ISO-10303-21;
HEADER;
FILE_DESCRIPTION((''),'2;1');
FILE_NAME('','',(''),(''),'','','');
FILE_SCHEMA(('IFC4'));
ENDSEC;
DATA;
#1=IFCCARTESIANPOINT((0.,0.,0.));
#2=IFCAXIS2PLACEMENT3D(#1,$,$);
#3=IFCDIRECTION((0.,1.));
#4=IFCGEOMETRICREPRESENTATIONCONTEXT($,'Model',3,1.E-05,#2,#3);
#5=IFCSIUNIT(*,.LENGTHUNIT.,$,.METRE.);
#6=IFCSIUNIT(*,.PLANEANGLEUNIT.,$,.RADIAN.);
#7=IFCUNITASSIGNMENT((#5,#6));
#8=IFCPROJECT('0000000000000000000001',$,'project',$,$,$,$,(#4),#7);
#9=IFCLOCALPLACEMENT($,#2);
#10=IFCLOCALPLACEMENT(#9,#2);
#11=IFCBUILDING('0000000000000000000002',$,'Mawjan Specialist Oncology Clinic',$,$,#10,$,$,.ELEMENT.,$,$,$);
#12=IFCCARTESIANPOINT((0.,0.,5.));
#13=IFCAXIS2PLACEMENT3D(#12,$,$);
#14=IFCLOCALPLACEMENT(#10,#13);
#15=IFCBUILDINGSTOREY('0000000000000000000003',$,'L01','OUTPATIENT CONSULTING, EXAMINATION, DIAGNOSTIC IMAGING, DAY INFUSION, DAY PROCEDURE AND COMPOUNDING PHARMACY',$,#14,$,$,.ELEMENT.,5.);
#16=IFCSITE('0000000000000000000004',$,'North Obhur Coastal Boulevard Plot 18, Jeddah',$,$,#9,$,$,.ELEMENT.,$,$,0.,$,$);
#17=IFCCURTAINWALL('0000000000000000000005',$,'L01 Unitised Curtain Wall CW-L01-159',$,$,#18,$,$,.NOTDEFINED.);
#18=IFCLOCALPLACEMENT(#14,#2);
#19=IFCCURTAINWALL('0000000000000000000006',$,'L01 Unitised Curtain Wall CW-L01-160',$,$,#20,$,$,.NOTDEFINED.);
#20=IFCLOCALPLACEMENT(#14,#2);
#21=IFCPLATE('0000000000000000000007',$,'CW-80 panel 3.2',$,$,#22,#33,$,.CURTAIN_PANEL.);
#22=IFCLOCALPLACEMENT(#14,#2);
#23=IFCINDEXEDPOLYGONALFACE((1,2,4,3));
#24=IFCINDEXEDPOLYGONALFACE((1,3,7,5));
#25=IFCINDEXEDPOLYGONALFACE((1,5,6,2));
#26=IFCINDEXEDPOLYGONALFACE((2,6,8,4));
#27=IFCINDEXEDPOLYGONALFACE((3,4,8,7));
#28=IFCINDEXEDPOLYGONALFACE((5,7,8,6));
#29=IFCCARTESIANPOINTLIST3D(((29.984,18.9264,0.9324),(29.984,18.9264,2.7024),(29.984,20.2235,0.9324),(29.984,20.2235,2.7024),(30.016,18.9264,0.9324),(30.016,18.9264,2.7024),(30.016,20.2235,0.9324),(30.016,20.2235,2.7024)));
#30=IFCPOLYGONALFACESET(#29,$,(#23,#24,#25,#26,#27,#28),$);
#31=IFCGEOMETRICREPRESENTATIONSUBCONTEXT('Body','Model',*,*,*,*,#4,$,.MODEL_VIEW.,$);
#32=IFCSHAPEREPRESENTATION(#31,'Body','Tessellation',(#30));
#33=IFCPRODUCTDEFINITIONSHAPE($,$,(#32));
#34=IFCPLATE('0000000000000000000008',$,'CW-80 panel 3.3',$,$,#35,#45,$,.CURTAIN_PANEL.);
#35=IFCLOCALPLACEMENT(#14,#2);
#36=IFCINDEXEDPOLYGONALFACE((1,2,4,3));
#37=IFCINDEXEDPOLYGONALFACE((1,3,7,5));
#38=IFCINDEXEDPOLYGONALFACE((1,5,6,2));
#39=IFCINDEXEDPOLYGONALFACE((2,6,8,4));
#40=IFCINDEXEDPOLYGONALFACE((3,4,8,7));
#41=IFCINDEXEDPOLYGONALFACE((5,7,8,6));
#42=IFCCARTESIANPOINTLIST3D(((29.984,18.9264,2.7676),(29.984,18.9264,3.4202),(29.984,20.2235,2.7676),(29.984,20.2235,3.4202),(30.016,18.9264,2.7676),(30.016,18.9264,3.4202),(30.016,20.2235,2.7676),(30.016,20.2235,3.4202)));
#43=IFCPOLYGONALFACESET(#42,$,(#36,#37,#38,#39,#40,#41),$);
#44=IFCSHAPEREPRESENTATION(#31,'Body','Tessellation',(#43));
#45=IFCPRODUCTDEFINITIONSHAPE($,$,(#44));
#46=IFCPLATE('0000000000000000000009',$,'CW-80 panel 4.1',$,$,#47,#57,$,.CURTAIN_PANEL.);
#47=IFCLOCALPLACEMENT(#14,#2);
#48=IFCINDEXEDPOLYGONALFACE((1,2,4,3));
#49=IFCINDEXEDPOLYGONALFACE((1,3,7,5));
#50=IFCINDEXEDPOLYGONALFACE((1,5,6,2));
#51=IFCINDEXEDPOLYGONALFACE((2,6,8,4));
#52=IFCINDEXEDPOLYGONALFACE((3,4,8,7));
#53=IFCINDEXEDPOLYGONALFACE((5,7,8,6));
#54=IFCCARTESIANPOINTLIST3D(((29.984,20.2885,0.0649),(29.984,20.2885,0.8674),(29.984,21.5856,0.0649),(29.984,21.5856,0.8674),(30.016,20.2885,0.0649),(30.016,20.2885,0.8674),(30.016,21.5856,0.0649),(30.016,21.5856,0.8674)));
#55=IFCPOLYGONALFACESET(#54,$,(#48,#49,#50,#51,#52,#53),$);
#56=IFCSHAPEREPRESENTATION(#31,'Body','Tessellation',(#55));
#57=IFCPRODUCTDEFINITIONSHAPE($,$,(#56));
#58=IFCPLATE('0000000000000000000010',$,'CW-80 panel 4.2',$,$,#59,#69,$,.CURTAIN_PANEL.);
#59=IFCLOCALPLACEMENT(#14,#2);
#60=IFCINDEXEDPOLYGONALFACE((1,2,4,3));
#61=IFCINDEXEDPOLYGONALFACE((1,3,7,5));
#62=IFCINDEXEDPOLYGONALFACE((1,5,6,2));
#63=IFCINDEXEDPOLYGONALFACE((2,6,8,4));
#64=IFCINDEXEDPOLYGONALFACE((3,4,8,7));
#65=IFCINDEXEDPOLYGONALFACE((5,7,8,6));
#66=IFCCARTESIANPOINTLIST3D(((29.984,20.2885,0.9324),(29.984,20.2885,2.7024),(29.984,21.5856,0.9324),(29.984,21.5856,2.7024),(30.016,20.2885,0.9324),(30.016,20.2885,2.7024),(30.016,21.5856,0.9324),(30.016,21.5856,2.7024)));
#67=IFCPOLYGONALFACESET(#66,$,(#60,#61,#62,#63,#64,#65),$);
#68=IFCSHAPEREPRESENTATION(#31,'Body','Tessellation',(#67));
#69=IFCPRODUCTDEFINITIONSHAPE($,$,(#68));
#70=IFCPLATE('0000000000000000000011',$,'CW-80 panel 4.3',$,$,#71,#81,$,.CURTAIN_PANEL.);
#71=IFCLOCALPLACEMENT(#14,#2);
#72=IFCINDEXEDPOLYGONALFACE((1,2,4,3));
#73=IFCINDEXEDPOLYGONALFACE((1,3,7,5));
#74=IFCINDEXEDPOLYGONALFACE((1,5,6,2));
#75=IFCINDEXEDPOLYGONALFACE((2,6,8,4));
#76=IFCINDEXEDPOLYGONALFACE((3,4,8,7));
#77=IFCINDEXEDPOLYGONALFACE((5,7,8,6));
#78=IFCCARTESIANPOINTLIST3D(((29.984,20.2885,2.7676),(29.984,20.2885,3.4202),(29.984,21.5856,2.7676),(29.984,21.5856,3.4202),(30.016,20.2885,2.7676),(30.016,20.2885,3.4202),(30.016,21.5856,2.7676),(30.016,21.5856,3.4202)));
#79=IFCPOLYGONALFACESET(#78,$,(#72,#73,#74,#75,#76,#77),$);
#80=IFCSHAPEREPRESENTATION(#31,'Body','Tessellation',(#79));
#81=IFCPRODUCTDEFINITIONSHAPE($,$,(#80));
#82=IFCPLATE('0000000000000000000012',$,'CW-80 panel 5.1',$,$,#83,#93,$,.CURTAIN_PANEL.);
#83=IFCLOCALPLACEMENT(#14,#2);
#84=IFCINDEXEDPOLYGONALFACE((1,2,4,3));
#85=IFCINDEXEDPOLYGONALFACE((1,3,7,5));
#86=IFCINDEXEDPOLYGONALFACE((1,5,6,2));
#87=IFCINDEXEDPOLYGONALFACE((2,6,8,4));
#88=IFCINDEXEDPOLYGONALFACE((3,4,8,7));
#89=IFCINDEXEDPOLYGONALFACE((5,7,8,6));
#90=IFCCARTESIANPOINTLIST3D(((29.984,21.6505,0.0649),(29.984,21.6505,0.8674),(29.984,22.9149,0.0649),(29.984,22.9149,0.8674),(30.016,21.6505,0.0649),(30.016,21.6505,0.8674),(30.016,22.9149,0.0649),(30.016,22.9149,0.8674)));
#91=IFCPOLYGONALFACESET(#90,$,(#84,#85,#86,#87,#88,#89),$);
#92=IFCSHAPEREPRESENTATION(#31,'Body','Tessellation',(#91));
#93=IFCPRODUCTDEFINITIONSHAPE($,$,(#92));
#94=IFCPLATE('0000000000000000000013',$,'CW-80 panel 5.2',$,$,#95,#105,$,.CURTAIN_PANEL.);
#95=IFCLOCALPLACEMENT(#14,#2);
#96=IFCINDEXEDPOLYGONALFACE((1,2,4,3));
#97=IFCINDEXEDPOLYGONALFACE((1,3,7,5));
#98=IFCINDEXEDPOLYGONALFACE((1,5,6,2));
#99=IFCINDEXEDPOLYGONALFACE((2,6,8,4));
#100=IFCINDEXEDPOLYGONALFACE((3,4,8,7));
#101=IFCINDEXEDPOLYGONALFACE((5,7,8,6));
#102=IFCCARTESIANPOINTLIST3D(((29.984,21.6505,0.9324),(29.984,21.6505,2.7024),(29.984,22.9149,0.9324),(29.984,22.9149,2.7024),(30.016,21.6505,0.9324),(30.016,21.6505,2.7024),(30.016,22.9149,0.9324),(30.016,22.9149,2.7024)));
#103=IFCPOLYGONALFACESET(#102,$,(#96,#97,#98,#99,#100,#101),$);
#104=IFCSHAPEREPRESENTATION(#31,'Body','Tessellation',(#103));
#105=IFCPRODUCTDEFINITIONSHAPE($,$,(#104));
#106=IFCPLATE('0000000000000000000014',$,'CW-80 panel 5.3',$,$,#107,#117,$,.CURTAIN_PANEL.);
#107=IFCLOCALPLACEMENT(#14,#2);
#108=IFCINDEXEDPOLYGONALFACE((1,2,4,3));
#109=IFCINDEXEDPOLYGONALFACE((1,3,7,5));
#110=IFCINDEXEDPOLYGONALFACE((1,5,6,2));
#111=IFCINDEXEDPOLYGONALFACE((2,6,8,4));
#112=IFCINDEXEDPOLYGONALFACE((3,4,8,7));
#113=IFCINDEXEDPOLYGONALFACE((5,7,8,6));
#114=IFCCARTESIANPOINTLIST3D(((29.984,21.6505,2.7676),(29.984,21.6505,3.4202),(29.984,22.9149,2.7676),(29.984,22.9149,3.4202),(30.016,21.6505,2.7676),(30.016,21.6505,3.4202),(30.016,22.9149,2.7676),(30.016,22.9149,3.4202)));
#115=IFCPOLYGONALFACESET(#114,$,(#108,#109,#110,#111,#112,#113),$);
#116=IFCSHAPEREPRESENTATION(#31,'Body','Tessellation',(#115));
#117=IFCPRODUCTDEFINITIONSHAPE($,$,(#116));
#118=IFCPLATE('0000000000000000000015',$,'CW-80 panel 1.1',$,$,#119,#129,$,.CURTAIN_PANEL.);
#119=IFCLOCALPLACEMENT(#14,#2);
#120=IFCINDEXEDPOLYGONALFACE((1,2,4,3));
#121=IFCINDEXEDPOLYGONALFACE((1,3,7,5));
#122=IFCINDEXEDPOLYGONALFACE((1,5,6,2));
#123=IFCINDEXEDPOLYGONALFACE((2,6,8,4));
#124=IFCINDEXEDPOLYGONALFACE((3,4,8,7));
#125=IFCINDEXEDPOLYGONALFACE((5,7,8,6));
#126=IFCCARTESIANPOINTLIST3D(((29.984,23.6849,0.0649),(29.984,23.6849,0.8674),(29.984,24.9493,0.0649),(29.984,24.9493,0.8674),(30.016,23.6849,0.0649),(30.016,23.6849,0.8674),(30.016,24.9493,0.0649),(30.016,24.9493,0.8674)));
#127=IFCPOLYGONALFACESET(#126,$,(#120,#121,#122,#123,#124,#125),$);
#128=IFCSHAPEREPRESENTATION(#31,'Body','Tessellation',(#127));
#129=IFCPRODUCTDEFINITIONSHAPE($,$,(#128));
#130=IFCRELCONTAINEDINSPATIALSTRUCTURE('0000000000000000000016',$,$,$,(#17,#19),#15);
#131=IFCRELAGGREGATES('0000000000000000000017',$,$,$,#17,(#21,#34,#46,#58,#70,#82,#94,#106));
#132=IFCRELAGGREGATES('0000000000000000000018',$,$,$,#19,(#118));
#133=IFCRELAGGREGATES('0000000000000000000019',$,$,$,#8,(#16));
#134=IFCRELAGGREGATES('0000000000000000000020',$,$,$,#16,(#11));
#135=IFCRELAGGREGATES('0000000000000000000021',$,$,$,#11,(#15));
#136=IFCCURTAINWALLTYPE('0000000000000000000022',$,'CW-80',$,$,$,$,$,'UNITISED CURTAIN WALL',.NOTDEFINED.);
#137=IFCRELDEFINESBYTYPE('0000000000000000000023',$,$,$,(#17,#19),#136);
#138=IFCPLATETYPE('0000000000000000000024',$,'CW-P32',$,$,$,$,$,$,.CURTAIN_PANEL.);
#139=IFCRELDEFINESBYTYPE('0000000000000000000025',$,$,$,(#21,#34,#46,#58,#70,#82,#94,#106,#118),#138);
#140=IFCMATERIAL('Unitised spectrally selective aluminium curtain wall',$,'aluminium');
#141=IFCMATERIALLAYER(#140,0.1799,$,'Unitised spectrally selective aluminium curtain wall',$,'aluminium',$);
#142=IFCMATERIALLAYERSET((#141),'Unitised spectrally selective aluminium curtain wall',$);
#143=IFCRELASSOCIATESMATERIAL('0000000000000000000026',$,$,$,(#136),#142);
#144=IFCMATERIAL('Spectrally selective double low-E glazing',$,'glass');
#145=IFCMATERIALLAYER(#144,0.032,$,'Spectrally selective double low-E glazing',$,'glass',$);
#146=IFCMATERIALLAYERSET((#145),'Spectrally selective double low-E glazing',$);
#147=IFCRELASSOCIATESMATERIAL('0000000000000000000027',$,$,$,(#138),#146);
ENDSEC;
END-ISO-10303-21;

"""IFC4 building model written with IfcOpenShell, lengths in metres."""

from ifc_helpers import new_model, si_unit, direction, frame, origin, origin_2d, place, context, subcontext, project, spatial, rectangle, extrude, material, layer, layer_set, type_object, element, aggregate, save


model = new_model("IFC4")

# Units and contexts
model_context = context("Model", 3, precision=1e-05, world=origin(), true_north=direction((0.0, 1.0)))
body_context = subcontext(model_context, "Body", "Model", "MODEL_VIEW")
ifc_project = project(units=[si_unit("LENGTHUNIT", "METRE"), si_unit("PLANEANGLEUNIT", "RADIAN")], contexts=[model_context])

# Site, building, storey
site_placement = place(None, origin())
site = spatial("IfcSite", under=ifc_project, at=site_placement, Name="North Obhur Coastal Boulevard Plot 18, Jeddah", CompositionType="ELEMENT", RefElevation=0.0)
building_placement = place(site_placement, origin())
building = spatial("IfcBuilding", under=site, at=building_placement, Name="Mawjan Specialist Oncology Clinic", CompositionType="ELEMENT")
storey_placement = place(building_placement, frame((0.0, 0.0, 5.0)))
storey = spatial("IfcBuildingStorey", under=building, at=storey_placement, Name="L01", Description="OUTPATIENT CONSULTING, EXAMINATION, DIAGNOSTIC IMAGING, DAY INFUSION, DAY PROCEDURE AND COMPOUNDING PHARMACY", CompositionType="ELEMENT", Elevation=5.0)

# Curtain wall
ifc_material_1 = material(Name="Unitised spectrally selective aluminium curtain wall", Category="aluminium")
ifc_layer_1 = layer(ifc_material_1, 0.1799, Name="Unitised spectrally selective aluminium curtain wall", Category="aluminium")
ifc_layer_set_1 = layer_set([ifc_layer_1], Name="Unitised spectrally selective aluminium curtain wall")
curtain_wall_type = type_object("IfcCurtainWallType", Name="CW-80", ElementType="UNITISED CURTAIN WALL", PredefinedType="NOTDEFINED", material=ifc_layer_set_1)
curtain_wall_1_placement = place(storey_placement, origin())
curtain_wall_1 = element("IfcCurtainWall", 1, at=curtain_wall_1_placement, inside=storey, type_object=curtain_wall_type, Name="L01 Unitised Curtain Wall CW-L01-159", PredefinedType="NOTDEFINED")

# Curtain wall
curtain_wall_2_placement = place(storey_placement, origin())
curtain_wall_2 = element("IfcCurtainWall", 2, at=curtain_wall_2_placement, inside=storey, type_object=curtain_wall_type, Name="L01 Unitised Curtain Wall CW-L01-160", PredefinedType="NOTDEFINED")

# Plates
ifc_material_2 = material(Name="Spectrally selective double low-E glazing", Category="glass")
ifc_layer_2 = layer(ifc_material_2, 0.032, Name="Spectrally selective double low-E glazing", Category="glass")
ifc_layer_set_2 = layer_set([ifc_layer_2], Name="Spectrally selective double low-E glazing")
plate_type = type_object("IfcPlateType", Name="CW-P32", PredefinedType="CURTAIN_PANEL", material=ifc_layer_set_2)
plate_1_placement = place(storey_placement, frame((30.0, 19.575, 0.9324), z_axis=(0.0, 0.0, 1.0), x_axis=(0.0, 1.0, 0.0)))
plate_1 = element("IfcPlate", 3, at=plate_1_placement, type_object=plate_type, Name="CW-80 panel 3.2", PredefinedType="CURTAIN_PANEL", context=body_context, shape_type="SweptSolid", body=[
    extrude(rectangle(XDim=1.2971, YDim=0.032, at=origin_2d()), origin(), (0.0, 0.0, 1.0), 1.77),
])
plate_2_placement = place(storey_placement, frame((30.0, 19.575, 2.7676), z_axis=(0.0, 0.0, 1.0), x_axis=(0.0, 1.0, 0.0)))
plate_2 = element("IfcPlate", 4, at=plate_2_placement, type_object=plate_type, Name="CW-80 panel 3.3", PredefinedType="CURTAIN_PANEL", context=body_context, shape_type="SweptSolid", body=[
    extrude(rectangle(XDim=1.2971, YDim=0.032, at=origin_2d()), origin(), (0.0, 0.0, 1.0), 0.6526),
])
plate_3_placement = place(storey_placement, frame((30.0, 20.937, 0.0649), z_axis=(0.0, 0.0, 1.0), x_axis=(0.0, 1.0, 0.0)))
plate_3 = element("IfcPlate", 5, at=plate_3_placement, type_object=plate_type, Name="CW-80 panel 4.1", PredefinedType="CURTAIN_PANEL", context=body_context, shape_type="SweptSolid", body=[
    extrude(rectangle(XDim=1.2971, YDim=0.032, at=origin_2d()), origin(), (0.0, 0.0, 1.0), 0.8025),
])
plate_4_placement = place(storey_placement, frame((30.0, 20.937, 0.9324), z_axis=(0.0, 0.0, 1.0), x_axis=(0.0, 1.0, 0.0)))
plate_4 = element("IfcPlate", 6, at=plate_4_placement, type_object=plate_type, Name="CW-80 panel 4.2", PredefinedType="CURTAIN_PANEL", context=body_context, shape_type="SweptSolid", body=[
    extrude(rectangle(XDim=1.2971, YDim=0.032, at=origin_2d()), origin(), (0.0, 0.0, 1.0), 1.77),
])
plate_5_placement = place(storey_placement, frame((30.0, 20.937, 2.7676), z_axis=(0.0, 0.0, 1.0), x_axis=(0.0, 1.0, 0.0)))
plate_5 = element("IfcPlate", 7, at=plate_5_placement, type_object=plate_type, Name="CW-80 panel 4.3", PredefinedType="CURTAIN_PANEL", context=body_context, shape_type="SweptSolid", body=[
    extrude(rectangle(XDim=1.2971, YDim=0.032, at=origin_2d()), origin(), (0.0, 0.0, 1.0), 0.6526),
])
plate_6_placement = place(storey_placement, frame((30.0, 22.2827, 0.0649), z_axis=(0.0, 0.0, 1.0), x_axis=(0.0, 1.0, 0.0)))
plate_6 = element("IfcPlate", 8, at=plate_6_placement, type_object=plate_type, Name="CW-80 panel 5.1", PredefinedType="CURTAIN_PANEL", context=body_context, shape_type="SweptSolid", body=[
    extrude(rectangle(XDim=1.2644, YDim=0.032, at=origin_2d()), origin(), (0.0, 0.0, 1.0), 0.8025),
])
plate_7_placement = place(storey_placement, frame((30.0, 22.2827, 0.9324), z_axis=(0.0, 0.0, 1.0), x_axis=(0.0, 1.0, 0.0)))
plate_7 = element("IfcPlate", 9, at=plate_7_placement, type_object=plate_type, Name="CW-80 panel 5.2", PredefinedType="CURTAIN_PANEL", context=body_context, shape_type="SweptSolid", body=[
    extrude(rectangle(XDim=1.2644, YDim=0.032, at=origin_2d()), origin(), (0.0, 0.0, 1.0), 1.77),
])
plate_8_placement = place(storey_placement, frame((30.0, 22.2827, 2.7676), z_axis=(0.0, 0.0, 1.0), x_axis=(0.0, 1.0, 0.0)))
plate_8 = element("IfcPlate", 10, at=plate_8_placement, type_object=plate_type, Name="CW-80 panel 5.3", PredefinedType="CURTAIN_PANEL", context=body_context, shape_type="SweptSolid", body=[
    extrude(rectangle(XDim=1.2644, YDim=0.032, at=origin_2d()), origin(), (0.0, 0.0, 1.0), 0.6526),
])
aggregate(curtain_wall_1, [plate_1, plate_2, plate_3, plate_4, plate_5, plate_6, plate_7, plate_8])
plate_9_placement = place(storey_placement, frame((30.0, 24.3171, 0.0649), z_axis=(0.0, 0.0, 1.0), x_axis=(0.0, 1.0, 0.0)))
plate_9 = element("IfcPlate", 11, at=plate_9_placement, type_object=plate_type, Name="CW-80 panel 1.1", PredefinedType="CURTAIN_PANEL", context=body_context, shape_type="SweptSolid", body=[
    extrude(rectangle(XDim=1.2644, YDim=0.032, at=origin_2d()), origin(), (0.0, 0.0, 1.0), 0.8025),
])
aggregate(curtain_wall_2, [plate_9])

save(model, "model.ifc")
